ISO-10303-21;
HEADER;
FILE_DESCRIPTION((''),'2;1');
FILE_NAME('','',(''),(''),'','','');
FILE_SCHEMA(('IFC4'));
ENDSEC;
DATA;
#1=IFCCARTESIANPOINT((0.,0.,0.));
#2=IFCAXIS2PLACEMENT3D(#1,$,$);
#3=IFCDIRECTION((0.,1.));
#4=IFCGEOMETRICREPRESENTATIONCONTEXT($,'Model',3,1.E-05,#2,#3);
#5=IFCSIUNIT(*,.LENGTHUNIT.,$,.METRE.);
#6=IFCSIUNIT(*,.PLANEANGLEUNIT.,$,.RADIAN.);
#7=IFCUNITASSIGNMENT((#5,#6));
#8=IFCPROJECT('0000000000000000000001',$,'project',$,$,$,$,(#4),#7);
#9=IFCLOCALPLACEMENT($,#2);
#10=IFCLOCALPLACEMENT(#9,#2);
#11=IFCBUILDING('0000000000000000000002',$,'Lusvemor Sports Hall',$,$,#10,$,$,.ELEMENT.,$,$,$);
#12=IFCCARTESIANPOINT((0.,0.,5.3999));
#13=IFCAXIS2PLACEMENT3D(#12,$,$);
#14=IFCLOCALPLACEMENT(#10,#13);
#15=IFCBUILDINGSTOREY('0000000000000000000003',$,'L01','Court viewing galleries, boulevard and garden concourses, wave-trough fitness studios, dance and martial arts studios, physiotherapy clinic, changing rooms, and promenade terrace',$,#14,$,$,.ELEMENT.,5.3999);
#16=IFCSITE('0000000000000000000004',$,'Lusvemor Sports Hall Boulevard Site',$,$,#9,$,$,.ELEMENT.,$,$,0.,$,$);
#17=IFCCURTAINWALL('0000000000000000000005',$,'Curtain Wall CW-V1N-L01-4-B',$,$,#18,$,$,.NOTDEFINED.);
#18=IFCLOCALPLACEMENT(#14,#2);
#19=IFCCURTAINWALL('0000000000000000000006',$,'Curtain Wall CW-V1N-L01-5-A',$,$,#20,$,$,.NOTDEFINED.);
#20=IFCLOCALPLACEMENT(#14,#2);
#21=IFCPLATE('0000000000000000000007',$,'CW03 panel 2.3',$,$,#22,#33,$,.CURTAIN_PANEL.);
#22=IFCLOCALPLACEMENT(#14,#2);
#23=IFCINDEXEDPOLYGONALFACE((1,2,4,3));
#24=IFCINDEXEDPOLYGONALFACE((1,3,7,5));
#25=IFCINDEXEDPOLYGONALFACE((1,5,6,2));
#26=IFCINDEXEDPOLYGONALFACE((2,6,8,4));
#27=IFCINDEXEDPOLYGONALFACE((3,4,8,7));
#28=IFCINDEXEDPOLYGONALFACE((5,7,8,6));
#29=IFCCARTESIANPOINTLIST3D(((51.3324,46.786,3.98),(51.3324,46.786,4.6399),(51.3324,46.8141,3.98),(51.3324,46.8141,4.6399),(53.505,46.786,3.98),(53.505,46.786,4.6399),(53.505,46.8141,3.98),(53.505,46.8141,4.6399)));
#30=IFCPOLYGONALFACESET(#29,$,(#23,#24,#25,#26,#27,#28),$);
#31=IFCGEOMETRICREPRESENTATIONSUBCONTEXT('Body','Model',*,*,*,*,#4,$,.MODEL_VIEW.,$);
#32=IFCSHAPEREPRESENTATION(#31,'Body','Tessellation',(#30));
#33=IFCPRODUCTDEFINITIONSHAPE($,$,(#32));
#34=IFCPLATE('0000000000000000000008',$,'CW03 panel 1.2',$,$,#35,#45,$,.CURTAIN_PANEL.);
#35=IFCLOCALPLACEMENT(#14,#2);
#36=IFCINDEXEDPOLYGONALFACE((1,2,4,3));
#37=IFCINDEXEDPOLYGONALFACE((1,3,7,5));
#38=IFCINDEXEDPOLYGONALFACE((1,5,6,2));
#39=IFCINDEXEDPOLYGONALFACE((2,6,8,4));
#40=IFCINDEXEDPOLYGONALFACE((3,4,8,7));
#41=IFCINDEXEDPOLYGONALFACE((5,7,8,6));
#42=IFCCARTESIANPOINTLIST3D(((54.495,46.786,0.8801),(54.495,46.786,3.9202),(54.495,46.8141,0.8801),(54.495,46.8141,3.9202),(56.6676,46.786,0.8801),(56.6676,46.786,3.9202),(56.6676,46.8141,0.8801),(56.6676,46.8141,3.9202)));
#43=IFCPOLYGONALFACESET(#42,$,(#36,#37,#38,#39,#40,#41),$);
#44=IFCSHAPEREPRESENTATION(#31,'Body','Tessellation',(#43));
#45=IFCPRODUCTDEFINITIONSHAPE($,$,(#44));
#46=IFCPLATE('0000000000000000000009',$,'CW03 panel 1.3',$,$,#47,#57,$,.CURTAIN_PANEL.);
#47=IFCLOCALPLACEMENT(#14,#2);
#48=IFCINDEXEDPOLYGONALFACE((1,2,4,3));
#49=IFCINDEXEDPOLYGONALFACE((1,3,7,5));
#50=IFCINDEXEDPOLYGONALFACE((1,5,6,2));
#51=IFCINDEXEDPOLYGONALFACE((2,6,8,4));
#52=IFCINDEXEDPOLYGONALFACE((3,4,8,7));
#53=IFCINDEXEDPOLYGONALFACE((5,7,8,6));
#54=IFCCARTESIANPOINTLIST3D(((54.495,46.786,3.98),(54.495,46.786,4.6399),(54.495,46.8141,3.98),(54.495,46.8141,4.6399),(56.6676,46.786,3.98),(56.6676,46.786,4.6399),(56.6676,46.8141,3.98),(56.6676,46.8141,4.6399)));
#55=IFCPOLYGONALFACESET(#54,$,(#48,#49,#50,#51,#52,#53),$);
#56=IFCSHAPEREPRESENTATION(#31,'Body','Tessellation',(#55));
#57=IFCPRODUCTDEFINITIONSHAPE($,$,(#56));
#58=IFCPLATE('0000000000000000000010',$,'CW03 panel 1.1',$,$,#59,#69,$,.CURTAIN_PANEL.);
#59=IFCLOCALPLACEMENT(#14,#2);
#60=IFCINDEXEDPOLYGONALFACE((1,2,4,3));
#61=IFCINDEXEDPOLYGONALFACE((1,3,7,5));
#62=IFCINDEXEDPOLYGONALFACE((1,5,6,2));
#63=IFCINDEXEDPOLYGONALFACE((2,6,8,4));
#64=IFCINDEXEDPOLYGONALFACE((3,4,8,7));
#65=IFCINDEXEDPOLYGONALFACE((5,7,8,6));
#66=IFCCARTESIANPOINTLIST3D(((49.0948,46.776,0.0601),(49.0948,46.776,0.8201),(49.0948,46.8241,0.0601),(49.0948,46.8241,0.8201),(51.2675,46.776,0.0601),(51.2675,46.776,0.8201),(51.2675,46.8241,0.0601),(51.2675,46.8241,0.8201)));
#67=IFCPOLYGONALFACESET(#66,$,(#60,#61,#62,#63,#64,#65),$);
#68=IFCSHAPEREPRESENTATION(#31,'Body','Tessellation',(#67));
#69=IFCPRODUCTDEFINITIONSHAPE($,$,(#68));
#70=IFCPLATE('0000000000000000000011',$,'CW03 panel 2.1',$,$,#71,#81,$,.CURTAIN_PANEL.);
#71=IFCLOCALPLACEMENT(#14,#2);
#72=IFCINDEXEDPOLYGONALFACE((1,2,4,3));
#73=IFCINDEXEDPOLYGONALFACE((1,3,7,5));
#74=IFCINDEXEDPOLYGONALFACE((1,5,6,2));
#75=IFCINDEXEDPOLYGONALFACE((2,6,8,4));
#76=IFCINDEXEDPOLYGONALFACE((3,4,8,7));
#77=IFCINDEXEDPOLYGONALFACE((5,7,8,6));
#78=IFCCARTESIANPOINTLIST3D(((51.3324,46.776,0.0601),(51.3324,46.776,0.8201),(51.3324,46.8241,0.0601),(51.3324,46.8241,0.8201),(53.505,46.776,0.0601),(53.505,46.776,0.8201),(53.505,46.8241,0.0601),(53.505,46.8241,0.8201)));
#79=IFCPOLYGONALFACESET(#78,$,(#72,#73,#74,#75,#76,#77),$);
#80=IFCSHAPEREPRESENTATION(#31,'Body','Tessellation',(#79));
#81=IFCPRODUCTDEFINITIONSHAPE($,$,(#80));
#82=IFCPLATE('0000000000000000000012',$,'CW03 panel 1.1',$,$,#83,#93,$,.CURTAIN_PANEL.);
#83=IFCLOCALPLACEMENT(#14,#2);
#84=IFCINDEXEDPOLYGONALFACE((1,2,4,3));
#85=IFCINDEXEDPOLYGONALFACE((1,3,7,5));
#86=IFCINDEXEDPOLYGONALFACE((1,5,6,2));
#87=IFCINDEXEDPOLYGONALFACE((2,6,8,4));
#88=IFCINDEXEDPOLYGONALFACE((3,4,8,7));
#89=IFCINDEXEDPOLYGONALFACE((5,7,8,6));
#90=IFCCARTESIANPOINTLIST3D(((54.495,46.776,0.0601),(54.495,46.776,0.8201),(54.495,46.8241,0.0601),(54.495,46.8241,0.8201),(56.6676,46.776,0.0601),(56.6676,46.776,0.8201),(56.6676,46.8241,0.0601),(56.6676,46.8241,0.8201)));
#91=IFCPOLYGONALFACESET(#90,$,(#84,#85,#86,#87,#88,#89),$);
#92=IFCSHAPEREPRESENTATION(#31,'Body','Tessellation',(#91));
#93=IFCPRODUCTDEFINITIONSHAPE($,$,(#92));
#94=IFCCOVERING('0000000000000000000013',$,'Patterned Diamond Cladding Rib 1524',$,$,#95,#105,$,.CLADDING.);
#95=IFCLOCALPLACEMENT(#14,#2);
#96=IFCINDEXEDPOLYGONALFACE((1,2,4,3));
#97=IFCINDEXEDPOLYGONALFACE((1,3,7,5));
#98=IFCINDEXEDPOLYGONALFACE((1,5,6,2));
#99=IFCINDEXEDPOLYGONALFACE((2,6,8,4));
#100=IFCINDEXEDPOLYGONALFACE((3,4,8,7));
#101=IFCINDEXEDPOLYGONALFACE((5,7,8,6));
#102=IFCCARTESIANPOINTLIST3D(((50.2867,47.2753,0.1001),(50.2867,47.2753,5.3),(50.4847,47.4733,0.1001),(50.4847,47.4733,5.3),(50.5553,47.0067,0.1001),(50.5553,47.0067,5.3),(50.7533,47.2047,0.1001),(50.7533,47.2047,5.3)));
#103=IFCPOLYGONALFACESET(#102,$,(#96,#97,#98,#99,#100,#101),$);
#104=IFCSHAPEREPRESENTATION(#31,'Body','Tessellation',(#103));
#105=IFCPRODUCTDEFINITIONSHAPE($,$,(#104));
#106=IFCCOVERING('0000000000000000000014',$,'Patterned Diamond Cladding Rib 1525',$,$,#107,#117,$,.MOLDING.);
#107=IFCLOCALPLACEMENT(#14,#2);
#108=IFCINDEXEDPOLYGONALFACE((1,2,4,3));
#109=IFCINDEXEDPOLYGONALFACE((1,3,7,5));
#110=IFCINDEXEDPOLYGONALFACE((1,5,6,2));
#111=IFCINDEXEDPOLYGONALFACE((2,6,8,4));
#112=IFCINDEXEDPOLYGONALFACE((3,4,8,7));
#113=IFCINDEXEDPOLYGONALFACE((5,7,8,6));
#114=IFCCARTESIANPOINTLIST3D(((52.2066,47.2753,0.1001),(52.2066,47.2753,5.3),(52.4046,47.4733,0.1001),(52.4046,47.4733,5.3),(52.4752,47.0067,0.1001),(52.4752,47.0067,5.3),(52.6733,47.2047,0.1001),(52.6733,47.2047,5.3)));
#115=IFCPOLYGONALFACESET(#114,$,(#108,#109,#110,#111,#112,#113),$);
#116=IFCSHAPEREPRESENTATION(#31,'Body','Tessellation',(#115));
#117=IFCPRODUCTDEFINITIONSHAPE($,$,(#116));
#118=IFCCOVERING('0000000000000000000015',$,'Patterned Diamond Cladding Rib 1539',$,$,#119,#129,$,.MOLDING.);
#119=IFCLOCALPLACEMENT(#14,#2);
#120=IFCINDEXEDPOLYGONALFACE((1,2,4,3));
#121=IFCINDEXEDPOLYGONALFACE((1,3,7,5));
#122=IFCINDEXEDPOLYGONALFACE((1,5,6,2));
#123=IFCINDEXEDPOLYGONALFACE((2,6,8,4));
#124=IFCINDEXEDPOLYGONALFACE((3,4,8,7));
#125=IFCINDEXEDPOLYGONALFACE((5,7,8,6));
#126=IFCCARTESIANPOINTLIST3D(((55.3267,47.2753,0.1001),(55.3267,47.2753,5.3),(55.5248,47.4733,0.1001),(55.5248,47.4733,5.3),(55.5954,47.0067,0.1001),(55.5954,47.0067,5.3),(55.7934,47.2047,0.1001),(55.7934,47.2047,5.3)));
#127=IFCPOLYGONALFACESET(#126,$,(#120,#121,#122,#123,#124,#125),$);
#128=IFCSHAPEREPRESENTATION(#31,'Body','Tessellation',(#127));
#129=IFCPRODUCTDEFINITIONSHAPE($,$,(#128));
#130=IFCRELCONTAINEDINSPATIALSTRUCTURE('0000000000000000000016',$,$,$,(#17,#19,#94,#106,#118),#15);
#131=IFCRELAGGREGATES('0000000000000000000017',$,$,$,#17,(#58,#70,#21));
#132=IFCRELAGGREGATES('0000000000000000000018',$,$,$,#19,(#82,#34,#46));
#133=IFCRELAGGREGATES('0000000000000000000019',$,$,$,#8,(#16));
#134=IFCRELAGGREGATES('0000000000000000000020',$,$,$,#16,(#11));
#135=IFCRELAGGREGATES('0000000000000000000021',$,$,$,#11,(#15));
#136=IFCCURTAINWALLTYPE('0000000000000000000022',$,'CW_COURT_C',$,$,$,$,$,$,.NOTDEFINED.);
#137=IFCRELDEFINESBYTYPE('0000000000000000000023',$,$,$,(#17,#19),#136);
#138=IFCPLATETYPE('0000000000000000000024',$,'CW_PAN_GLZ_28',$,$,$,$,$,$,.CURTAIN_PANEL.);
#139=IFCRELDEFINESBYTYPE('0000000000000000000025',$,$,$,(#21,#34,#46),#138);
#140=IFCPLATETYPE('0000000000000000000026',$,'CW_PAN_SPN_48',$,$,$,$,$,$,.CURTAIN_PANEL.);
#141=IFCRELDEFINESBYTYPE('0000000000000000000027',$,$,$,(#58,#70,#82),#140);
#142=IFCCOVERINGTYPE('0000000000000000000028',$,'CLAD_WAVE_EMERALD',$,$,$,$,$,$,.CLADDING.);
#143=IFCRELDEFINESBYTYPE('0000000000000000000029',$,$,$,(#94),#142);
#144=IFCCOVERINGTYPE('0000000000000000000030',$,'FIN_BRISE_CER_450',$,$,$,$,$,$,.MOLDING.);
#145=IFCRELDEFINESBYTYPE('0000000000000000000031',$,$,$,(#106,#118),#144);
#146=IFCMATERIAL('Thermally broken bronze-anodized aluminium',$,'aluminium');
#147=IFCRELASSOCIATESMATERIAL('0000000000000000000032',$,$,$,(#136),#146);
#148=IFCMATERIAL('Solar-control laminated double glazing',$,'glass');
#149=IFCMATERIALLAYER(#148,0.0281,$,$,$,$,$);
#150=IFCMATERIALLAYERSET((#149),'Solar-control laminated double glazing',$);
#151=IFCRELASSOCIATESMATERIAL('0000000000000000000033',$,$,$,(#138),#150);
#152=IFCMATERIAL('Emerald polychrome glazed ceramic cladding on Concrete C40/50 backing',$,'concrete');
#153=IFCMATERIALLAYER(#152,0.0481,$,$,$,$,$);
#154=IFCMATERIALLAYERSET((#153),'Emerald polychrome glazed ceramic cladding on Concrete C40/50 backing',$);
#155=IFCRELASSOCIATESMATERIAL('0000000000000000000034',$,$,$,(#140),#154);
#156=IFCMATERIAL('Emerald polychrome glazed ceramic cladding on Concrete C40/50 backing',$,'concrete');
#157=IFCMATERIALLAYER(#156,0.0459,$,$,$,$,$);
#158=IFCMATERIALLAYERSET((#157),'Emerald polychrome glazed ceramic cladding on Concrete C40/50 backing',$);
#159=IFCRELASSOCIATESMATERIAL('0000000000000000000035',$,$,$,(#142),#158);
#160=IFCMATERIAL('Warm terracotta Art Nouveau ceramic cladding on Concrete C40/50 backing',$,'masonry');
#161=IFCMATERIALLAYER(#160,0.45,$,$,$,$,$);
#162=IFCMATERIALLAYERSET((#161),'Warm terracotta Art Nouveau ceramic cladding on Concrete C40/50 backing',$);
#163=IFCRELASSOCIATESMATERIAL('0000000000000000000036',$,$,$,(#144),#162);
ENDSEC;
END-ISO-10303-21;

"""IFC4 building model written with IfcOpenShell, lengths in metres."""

from ifc_helpers import new_model, si_unit, direction, frame, origin, origin_2d, place, context, subcontext, project, spatial, rectangle, extrude, material, layer, layer_set, type_object, element, aggregate, save


model = new_model("IFC4")

# Units and contexts
model_context = context("Model", 3, precision=1e-05, world=origin(), true_north=direction((0.0, 1.0)))
body_context = subcontext(model_context, "Body", "Model", "MODEL_VIEW")
ifc_project = project(units=[si_unit("LENGTHUNIT", "METRE"), si_unit("PLANEANGLEUNIT", "RADIAN")], contexts=[model_context])

# Site, building, storey
site_placement = place(None, origin())
site = spatial("IfcSite", under=ifc_project, at=site_placement, Name="Lusvemor Sports Hall Boulevard Site", CompositionType="ELEMENT", RefElevation=0.0)
building_placement = place(site_placement, origin())
building = spatial("IfcBuilding", under=site, at=building_placement, Name="Lusvemor Sports Hall", CompositionType="ELEMENT")
storey_placement = place(building_placement, frame((0.0, 0.0, 5.3999)))
storey = spatial("IfcBuildingStorey", under=building, at=storey_placement, Name="L01", Description="Court viewing galleries, boulevard and garden concourses, wave-trough fitness studios, dance and martial arts studios, physiotherapy clinic, changing rooms, and promenade terrace", CompositionType="ELEMENT", Elevation=5.3999)

# Curtain walls
ifc_material_1 = material(Name="Thermally broken bronze-anodized aluminium", Category="aluminium")
curtain_wall_type = type_object("IfcCurtainWallType", Name="CW_COURT_C", PredefinedType="NOTDEFINED", material=ifc_material_1)
curtain_wall_1_placement = place(storey_placement, origin())
curtain_wall_1 = element("IfcCurtainWall", 1, at=curtain_wall_1_placement, inside=storey, type_object=curtain_wall_type, Name="Curtain Wall CW-V1N-L01-4-B", PredefinedType="NOTDEFINED")
curtain_wall_2_placement = place(storey_placement, origin())
curtain_wall_2 = element("IfcCurtainWall", 2, at=curtain_wall_2_placement, inside=storey, type_object=curtain_wall_type, Name="Curtain Wall CW-V1N-L01-5-A", PredefinedType="NOTDEFINED")

# Plates
ifc_material_2 = material(Name="Solar-control laminated double glazing", Category="glass")
ifc_layer_1 = layer(ifc_material_2, 0.0281)
ifc_layer_set_1 = layer_set([ifc_layer_1], Name="Solar-control laminated double glazing")
plate_type_1 = type_object("IfcPlateType", Name="CW_PAN_GLZ_28", PredefinedType="CURTAIN_PANEL", material=ifc_layer_set_1)
plate_1_placement = place(storey_placement, frame((52.4187, 46.8, 3.98), z_axis=(0.0, 0.0, 1.0), x_axis=(1.0, 0.0, 0.0)))
plate_1 = element("IfcPlate", 3, at=plate_1_placement, type_object=plate_type_1, Name="CW03 panel 2.3", PredefinedType="CURTAIN_PANEL", context=body_context, shape_type="SweptSolid", body=[
    extrude(rectangle(XDim=2.1726, YDim=0.0281, at=origin_2d()), origin(), (0.0, 0.0, 1.0), 0.6599),
])
plate_2_placement = place(storey_placement, frame((55.5813, 46.8, 0.8801), z_axis=(0.0, 0.0, 1.0), x_axis=(1.0, 0.0, 0.0)))
plate_2 = element("IfcPlate", 4, at=plate_2_placement, type_object=plate_type_1, Name="CW03 panel 1.2", PredefinedType="CURTAIN_PANEL", context=body_context, shape_type="SweptSolid", body=[
    extrude(rectangle(XDim=2.1726, YDim=0.0281, at=origin_2d()), origin(), (0.0, 0.0, 1.0), 3.04),
])
plate_3_placement = place(storey_placement, frame((55.5813, 46.8, 3.98), z_axis=(0.0, 0.0, 1.0), x_axis=(1.0, 0.0, 0.0)))
plate_3 = element("IfcPlate", 5, at=plate_3_placement, type_object=plate_type_1, Name="CW03 panel 1.3", PredefinedType="CURTAIN_PANEL", context=body_context, shape_type="SweptSolid", body=[
    extrude(rectangle(XDim=2.1726, YDim=0.0281, at=origin_2d()), origin(), (0.0, 0.0, 1.0), 0.6599),
])
ifc_material_3 = material(Name="Emerald polychrome glazed ceramic cladding on Concrete C40/50 backing", Category="concrete")
ifc_layer_2 = layer(ifc_material_3, 0.0481)
ifc_layer_set_2 = layer_set([ifc_layer_2], Name="Emerald polychrome glazed ceramic cladding on Concrete C40/50 backing")
plate_type_2 = type_object("IfcPlateType", Name="CW_PAN_SPN_48", PredefinedType="CURTAIN_PANEL", material=ifc_layer_set_2)
plate_4_placement = place(storey_placement, frame((50.1812, 46.8, 0.0601), z_axis=(0.0, 0.0, 1.0), x_axis=(1.0, 0.0, 0.0)))
plate_4 = element("IfcPlate", 6, at=plate_4_placement, type_object=plate_type_2, Name="CW03 panel 1.1", PredefinedType="CURTAIN_PANEL", context=body_context, shape_type="SweptSolid", body=[
    extrude(rectangle(XDim=2.1726, YDim=0.0481, at=origin_2d()), origin(), (0.0, 0.0, 1.0), 0.76),
])
plate_5_placement = place(storey_placement, frame((52.4187, 46.8, 0.0601), z_axis=(0.0, 0.0, 1.0), x_axis=(1.0, 0.0, 0.0)))
plate_5 = element("IfcPlate", 7, at=plate_5_placement, type_object=plate_type_2, Name="CW03 panel 2.1", PredefinedType="CURTAIN_PANEL", context=body_context, shape_type="SweptSolid", body=[
    extrude(rectangle(XDim=2.1726, YDim=0.0481, at=origin_2d()), origin(), (0.0, 0.0, 1.0), 0.76),
])
aggregate(curtain_wall_1, [plate_4, plate_5, plate_1])
plate_6_placement = place(storey_placement, frame((55.5813, 46.8, 0.0601), z_axis=(0.0, 0.0, 1.0), x_axis=(1.0, 0.0, 0.0)))
plate_6 = element("IfcPlate", 8, at=plate_6_placement, type_object=plate_type_2, Name="CW03 panel 1.1", PredefinedType="CURTAIN_PANEL", context=body_context, shape_type="SweptSolid", body=[
    extrude(rectangle(XDim=2.1726, YDim=0.0481, at=origin_2d()), origin(), (0.0, 0.0, 1.0), 0.76),
])
aggregate(curtain_wall_2, [plate_6, plate_2, plate_3])

# Coverings
ifc_material_4 = material(Name="Emerald polychrome glazed ceramic cladding on Concrete C40/50 backing", Category="concrete")
ifc_layer_3 = layer(ifc_material_4, 0.0459)
ifc_layer_set_3 = layer_set([ifc_layer_3], Name="Emerald polychrome glazed ceramic cladding on Concrete C40/50 backing")
covering_type_1 = type_object("IfcCoveringType", Name="CLAD_WAVE_EMERALD", PredefinedType="CLADDING", material=ifc_layer_set_3)
covering_placement = place(storey_placement, frame((50.52, 47.24, 0.1001), z_axis=(0.0, 0.0, 1.0), x_axis=(0.707107, 0.707107, 0.0)))
element("IfcCovering", 9, at=covering_placement, inside=storey, type_object=covering_type_1, Name="Patterned Diamond Cladding Rib 1524", PredefinedType="CLADDING", context=body_context, shape_type="SweptSolid", body=[
    extrude(rectangle(XDim=0.28, YDim=0.3799, at=origin_2d()), origin(), (0.0, 0.0, 1.0), 5.2),
])
ifc_material_5 = material(Name="Warm terracotta Art Nouveau ceramic cladding on Concrete C40/50 backing", Category="masonry")
ifc_layer_4 = layer(ifc_material_5, 0.45)
ifc_layer_set_4 = layer_set([ifc_layer_4], Name="Warm terracotta Art Nouveau ceramic cladding on Concrete C40/50 backing")
covering_type_2 = type_object("IfcCoveringType", Name="FIN_BRISE_CER_450", PredefinedType="MOLDING", material=ifc_layer_set_4)
for number, where, z_axis, x_axis, name in (
    (10, (52.4399, 47.24, 0.1001), (0.0, 0.0, 1.0), (0.707107, 0.707107, 0.0), "Patterned Diamond Cladding Rib 1525"),
    (11, (55.5601, 47.24, 0.1001), (0.0, 0.0, 1.0), (0.707107, 0.707107, 0.0), "Patterned Diamond Cladding Rib 1539"),
):
    element("IfcCovering", number, at=place(storey_placement, frame(where, z_axis=z_axis, x_axis=x_axis)), inside=storey, type_object=covering_type_2, Name=name, PredefinedType="MOLDING", context=body_context, shape_type="SweptSolid", body=[
        extrude(rectangle(XDim=0.28, YDim=0.3799, at=origin_2d()), origin(), (0.0, 0.0, 1.0), 5.2),
    ])

save(model, "model.ifc")
